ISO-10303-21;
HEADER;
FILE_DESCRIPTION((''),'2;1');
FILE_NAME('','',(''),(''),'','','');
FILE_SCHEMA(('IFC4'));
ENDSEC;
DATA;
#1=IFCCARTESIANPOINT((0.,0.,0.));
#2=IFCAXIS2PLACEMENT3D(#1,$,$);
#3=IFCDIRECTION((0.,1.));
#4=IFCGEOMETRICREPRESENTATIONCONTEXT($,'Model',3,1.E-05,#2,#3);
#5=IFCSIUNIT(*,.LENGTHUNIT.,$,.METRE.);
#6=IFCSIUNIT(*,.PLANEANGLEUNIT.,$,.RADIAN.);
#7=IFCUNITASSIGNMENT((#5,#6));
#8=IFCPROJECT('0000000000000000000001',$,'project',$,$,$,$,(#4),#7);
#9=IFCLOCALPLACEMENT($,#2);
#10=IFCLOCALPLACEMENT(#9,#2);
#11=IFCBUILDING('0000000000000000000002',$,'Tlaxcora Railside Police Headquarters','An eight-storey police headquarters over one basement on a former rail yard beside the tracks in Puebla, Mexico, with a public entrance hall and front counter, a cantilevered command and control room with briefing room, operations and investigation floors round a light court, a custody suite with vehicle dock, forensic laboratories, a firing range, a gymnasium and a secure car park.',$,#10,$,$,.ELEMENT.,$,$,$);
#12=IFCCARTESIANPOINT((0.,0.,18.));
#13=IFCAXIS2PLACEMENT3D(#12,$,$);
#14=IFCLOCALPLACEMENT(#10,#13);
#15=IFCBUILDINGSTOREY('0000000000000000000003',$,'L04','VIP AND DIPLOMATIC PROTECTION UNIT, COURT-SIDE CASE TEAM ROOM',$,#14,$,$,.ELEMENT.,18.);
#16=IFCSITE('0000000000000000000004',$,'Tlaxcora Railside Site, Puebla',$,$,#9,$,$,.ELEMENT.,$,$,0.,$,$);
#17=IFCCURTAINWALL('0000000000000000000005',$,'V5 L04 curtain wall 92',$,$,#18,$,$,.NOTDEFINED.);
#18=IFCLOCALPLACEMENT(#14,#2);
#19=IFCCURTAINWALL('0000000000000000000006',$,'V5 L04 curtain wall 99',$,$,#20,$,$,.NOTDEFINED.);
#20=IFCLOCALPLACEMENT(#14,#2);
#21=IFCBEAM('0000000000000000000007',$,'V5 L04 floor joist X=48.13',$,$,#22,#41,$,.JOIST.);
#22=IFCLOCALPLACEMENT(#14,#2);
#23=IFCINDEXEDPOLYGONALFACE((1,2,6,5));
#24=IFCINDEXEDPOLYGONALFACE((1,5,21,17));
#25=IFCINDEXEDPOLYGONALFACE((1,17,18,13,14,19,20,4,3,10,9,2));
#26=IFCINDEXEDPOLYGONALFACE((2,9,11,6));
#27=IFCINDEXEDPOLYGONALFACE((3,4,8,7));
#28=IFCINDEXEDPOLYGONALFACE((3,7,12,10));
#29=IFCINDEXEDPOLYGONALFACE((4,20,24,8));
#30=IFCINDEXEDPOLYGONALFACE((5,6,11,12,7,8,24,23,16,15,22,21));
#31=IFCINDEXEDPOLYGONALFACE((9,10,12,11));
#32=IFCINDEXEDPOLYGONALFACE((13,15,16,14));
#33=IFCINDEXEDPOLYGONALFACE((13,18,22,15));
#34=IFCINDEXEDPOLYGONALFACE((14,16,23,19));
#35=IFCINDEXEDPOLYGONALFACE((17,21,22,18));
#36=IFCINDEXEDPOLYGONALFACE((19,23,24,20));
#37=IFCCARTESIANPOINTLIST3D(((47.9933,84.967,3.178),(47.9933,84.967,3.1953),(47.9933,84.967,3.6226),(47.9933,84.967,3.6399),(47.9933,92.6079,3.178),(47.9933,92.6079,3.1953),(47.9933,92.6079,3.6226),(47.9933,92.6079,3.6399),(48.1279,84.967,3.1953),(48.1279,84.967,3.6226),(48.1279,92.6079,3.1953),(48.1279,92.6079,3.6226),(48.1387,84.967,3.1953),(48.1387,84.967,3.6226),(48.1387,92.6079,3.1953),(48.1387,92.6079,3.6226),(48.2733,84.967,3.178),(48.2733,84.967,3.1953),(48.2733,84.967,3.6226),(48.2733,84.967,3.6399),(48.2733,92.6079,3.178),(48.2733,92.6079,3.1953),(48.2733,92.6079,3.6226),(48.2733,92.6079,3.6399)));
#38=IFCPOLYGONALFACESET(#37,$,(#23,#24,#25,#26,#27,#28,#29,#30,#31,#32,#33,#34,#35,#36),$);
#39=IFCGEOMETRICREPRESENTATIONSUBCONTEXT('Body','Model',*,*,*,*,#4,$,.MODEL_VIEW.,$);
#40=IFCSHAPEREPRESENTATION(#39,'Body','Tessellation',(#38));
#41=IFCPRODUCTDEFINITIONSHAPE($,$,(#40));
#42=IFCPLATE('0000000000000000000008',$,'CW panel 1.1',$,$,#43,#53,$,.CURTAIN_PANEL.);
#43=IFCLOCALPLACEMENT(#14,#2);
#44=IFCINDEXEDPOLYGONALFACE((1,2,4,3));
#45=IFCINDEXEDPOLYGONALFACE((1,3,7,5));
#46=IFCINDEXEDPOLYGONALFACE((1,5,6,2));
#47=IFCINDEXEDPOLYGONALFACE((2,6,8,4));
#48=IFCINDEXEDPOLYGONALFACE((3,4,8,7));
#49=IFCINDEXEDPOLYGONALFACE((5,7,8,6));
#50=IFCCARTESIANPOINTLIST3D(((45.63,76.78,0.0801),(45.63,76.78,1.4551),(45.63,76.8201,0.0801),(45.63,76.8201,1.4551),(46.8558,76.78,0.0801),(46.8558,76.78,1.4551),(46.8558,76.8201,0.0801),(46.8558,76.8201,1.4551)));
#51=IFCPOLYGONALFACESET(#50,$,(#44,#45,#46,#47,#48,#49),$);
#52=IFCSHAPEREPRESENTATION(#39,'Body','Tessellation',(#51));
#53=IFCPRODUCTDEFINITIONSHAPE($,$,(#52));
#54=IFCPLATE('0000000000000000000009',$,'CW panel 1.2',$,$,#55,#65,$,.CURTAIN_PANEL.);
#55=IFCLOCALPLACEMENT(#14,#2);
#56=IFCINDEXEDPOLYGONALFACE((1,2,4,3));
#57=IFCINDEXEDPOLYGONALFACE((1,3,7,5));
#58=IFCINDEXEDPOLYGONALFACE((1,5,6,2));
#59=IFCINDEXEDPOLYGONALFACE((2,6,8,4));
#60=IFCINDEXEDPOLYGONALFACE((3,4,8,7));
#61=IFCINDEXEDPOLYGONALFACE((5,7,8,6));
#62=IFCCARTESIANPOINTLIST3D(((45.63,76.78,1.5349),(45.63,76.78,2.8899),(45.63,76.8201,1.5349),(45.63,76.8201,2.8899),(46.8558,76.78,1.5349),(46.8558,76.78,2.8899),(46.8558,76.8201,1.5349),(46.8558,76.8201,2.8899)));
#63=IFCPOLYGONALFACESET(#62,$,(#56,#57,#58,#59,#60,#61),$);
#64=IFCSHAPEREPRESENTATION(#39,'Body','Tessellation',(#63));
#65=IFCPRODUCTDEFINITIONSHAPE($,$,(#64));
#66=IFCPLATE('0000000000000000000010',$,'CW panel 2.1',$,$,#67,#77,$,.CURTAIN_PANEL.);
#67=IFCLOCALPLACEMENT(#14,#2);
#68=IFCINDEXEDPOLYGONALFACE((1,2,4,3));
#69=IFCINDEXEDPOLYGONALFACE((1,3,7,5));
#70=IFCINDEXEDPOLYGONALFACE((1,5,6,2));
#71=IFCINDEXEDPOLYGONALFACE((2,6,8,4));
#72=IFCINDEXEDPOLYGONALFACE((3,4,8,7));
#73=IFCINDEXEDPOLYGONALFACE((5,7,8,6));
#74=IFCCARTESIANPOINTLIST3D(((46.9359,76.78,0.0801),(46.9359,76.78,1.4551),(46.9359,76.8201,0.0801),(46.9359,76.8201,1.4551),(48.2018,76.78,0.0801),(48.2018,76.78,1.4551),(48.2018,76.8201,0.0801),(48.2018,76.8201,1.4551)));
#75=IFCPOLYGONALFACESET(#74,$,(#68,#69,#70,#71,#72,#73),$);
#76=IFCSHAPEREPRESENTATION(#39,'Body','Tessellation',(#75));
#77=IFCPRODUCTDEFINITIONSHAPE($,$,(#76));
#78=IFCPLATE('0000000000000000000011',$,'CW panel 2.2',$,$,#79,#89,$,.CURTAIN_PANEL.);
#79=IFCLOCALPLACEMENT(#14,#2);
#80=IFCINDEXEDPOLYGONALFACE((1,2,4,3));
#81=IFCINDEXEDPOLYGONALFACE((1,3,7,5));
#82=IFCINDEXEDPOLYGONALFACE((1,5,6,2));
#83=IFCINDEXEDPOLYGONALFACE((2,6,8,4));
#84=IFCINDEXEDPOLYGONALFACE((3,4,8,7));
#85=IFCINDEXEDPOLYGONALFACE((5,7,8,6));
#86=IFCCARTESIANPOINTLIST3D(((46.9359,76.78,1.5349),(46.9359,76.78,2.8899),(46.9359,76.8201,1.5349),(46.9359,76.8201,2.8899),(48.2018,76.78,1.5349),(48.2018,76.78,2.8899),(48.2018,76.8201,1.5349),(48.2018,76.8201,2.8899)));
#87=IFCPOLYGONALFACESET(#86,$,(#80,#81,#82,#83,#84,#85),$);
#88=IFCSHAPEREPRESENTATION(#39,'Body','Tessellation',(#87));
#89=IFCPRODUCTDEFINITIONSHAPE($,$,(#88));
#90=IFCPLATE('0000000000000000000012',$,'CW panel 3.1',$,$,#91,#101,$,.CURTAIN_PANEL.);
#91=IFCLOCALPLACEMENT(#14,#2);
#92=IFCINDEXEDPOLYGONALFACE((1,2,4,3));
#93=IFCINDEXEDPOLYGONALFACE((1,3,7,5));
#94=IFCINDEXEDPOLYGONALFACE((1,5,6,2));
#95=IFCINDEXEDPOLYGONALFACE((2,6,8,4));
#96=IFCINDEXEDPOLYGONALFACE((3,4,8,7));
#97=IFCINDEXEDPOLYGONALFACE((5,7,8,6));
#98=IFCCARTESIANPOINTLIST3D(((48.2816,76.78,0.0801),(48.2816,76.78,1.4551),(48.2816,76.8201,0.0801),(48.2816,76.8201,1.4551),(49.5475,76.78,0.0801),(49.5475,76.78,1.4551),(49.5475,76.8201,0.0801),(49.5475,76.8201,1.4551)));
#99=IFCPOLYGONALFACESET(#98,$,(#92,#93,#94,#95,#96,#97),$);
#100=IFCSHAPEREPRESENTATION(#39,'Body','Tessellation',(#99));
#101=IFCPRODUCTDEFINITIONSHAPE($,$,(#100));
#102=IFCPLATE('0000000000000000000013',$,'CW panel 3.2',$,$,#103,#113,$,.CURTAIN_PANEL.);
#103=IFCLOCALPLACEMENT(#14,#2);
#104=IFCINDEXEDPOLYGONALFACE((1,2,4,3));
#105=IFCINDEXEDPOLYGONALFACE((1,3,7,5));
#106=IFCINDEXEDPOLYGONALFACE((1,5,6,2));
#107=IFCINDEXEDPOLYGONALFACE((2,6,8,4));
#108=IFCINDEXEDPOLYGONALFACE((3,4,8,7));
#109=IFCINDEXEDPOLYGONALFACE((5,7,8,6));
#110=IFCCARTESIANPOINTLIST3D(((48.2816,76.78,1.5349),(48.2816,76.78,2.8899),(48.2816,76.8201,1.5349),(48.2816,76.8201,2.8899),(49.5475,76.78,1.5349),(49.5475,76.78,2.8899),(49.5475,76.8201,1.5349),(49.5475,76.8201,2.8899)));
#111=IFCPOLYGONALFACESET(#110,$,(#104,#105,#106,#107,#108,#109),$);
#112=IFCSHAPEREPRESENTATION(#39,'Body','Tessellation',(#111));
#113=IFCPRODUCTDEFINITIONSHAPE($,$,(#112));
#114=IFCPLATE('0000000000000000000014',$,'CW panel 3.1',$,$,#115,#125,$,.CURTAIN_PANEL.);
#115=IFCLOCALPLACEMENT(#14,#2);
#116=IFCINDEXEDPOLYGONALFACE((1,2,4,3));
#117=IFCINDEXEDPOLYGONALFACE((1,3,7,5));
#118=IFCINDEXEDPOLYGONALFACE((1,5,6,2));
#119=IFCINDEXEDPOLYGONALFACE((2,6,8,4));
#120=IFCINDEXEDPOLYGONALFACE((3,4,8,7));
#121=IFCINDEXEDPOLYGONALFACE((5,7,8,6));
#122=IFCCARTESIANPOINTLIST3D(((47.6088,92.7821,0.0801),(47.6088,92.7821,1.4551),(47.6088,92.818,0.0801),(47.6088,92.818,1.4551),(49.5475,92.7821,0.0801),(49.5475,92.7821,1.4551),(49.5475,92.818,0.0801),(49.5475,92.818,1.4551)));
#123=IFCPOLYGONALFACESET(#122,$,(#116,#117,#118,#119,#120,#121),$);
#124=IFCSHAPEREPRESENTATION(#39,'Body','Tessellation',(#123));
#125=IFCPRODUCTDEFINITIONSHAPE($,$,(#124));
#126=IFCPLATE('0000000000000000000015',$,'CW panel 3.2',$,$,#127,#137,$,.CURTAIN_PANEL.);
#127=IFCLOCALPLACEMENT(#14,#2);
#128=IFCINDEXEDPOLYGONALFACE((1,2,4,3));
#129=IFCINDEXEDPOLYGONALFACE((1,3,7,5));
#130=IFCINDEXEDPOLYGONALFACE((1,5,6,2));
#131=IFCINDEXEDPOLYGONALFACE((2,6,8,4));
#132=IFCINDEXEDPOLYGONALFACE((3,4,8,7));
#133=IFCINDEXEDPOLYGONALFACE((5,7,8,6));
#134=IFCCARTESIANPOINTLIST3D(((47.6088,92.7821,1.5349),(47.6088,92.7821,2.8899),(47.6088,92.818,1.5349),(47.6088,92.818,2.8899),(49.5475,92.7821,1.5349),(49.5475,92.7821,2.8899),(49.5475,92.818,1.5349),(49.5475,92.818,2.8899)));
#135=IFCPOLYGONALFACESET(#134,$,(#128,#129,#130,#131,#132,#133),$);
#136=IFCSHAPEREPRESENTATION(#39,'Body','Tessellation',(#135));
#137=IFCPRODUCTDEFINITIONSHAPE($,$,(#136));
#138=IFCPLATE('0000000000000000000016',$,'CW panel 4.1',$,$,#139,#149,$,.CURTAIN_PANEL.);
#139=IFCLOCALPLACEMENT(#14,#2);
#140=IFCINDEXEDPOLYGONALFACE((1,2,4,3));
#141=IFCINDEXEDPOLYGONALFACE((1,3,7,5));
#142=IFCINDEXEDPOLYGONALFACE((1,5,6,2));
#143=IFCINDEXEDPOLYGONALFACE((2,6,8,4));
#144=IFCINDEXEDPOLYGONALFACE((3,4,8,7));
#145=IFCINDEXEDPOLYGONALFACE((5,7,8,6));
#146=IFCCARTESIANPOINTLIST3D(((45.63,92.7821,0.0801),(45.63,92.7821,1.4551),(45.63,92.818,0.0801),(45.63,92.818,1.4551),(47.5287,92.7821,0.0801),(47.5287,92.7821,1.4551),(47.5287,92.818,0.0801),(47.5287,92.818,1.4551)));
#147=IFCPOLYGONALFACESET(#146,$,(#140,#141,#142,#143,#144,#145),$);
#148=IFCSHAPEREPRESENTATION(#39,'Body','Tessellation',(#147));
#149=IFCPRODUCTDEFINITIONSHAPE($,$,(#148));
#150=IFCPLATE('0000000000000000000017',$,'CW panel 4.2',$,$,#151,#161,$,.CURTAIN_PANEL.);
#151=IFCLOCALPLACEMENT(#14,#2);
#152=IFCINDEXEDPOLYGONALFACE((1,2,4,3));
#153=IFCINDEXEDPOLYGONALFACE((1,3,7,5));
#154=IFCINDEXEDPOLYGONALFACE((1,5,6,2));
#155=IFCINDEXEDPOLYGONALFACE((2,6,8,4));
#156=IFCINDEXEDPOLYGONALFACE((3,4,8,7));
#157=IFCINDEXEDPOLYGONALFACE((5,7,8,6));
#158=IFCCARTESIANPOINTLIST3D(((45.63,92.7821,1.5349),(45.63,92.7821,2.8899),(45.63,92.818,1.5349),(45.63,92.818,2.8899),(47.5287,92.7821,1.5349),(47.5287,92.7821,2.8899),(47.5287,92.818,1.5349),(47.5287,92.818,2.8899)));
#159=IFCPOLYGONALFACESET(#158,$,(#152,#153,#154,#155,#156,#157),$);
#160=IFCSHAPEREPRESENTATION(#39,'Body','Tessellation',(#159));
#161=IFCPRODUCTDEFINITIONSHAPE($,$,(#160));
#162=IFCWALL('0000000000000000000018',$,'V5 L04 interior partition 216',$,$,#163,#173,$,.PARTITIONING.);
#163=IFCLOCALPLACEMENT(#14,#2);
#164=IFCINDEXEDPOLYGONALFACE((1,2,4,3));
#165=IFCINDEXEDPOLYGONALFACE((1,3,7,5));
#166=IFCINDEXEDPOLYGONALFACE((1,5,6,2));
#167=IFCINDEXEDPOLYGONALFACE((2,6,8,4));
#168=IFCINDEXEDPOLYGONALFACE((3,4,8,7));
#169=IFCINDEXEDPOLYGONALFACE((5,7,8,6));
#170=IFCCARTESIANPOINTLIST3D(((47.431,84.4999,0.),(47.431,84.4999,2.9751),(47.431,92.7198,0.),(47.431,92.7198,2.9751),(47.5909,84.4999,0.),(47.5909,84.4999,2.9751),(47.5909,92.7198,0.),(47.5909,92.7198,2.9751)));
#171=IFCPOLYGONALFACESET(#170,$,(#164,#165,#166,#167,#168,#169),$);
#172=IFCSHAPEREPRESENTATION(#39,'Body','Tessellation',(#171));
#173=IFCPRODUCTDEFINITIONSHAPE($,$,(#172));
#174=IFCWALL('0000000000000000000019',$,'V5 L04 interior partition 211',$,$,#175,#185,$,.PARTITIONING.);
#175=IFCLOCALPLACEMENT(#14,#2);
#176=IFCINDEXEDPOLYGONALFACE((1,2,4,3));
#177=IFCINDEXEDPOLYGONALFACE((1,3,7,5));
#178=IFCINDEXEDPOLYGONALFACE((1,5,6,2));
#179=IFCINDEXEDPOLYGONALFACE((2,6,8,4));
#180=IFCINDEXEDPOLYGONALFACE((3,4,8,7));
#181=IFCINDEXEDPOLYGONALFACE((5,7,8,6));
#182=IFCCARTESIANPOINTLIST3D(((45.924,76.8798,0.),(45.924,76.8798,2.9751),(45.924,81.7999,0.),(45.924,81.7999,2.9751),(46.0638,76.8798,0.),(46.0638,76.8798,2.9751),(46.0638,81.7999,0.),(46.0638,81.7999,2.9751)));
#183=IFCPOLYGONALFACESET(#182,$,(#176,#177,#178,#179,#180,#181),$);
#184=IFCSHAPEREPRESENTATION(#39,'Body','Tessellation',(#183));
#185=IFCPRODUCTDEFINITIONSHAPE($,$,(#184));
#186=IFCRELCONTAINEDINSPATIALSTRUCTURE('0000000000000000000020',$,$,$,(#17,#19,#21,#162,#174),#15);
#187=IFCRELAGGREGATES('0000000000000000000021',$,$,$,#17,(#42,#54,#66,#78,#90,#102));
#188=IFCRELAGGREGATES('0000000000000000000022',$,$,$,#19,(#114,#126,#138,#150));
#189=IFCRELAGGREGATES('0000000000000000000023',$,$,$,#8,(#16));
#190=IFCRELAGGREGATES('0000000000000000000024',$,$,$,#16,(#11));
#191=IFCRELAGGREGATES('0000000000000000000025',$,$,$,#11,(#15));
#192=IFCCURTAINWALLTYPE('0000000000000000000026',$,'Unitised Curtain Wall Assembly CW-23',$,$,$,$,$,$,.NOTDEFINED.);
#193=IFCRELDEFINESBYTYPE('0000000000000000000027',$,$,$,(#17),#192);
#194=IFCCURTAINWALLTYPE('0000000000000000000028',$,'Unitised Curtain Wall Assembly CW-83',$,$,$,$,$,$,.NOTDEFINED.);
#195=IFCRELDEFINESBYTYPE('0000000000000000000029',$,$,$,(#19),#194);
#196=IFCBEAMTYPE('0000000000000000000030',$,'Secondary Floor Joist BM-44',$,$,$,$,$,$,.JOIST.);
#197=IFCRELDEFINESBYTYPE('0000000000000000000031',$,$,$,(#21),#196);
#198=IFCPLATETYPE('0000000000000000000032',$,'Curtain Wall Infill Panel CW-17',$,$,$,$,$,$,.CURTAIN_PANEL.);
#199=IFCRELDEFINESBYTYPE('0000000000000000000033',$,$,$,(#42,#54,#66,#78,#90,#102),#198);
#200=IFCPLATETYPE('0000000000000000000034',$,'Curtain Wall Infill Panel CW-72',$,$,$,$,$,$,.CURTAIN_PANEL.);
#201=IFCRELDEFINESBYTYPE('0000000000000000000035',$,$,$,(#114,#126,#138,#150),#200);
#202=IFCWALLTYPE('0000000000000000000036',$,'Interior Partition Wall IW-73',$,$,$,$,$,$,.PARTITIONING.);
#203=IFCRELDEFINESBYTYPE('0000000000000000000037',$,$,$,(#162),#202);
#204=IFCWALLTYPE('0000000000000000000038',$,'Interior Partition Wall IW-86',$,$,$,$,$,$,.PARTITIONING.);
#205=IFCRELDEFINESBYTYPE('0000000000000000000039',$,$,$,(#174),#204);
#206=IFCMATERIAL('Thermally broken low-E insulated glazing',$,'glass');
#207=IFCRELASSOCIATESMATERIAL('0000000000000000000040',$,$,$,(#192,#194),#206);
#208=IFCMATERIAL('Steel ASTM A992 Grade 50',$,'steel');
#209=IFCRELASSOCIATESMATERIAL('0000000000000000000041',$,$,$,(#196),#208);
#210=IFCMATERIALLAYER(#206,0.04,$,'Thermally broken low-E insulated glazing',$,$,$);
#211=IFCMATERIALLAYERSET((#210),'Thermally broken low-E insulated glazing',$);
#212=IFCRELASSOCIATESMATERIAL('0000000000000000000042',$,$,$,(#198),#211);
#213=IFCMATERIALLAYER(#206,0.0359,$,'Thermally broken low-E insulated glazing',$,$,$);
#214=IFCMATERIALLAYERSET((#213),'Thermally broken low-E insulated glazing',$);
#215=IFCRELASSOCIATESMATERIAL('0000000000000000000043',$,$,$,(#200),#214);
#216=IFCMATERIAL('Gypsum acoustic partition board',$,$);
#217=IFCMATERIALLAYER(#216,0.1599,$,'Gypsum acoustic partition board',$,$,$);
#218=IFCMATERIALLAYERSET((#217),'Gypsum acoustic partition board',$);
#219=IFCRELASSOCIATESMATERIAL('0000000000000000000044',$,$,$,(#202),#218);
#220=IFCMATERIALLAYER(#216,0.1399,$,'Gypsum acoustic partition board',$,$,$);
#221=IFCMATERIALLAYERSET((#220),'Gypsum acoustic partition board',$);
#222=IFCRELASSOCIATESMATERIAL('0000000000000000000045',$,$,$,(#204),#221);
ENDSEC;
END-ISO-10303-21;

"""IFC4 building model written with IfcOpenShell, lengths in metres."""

from ifc_helpers import new_model, si_unit, direction, frame, frame_2d, origin, origin_2d, place, context, subcontext, project, spatial, rectangle, i_section, extrude, material, layer, layer_set, material_profile, profile_set, type_object, element, aggregate, save


model = new_model("IFC4")

# Units and contexts
model_context = context("Model", 3, precision=1e-05, world=origin(), true_north=direction((0.0, 1.0)))
body_context = subcontext(model_context, "Body", "Model", "MODEL_VIEW")
ifc_project = project(units=[si_unit("LENGTHUNIT", "METRE"), si_unit("PLANEANGLEUNIT", "RADIAN")], contexts=[model_context])

# Site, building, storey
site_placement = place(None, origin())
site = spatial("IfcSite", under=ifc_project, at=site_placement, Name="Tlaxcora Railside Site, Puebla", CompositionType="ELEMENT", RefElevation=0.0)
building_placement = place(site_placement, origin())
building = spatial("IfcBuilding", under=site, at=building_placement, Name="Tlaxcora Railside Police Headquarters", Description="An eight-storey police headquarters over one basement on a former rail yard beside the tracks in Puebla, Mexico, with a public entrance hall and front counter, a cantilevered command and control room with briefing room, operations and investigation floors round a light court, a custody suite with vehicle dock, forensic laboratories, a firing range, a gymnasium and a secure car park.", CompositionType="ELEMENT")
storey_placement = place(building_placement, frame((0.0, 0.0, 18.0)))
storey = spatial("IfcBuildingStorey", under=building, at=storey_placement, Name="L04", Description="VIP AND DIPLOMATIC PROTECTION UNIT, COURT-SIDE CASE TEAM ROOM", CompositionType="ELEMENT", Elevation=18.0)

# Curtain walls
ifc_material_1 = material(Name="Thermally broken low-E insulated glazing", Category="glass")
curtain_wall_type_1 = type_object("IfcCurtainWallType", Name="Unitised Curtain Wall Assembly CW-23", PredefinedType="NOTDEFINED", material=ifc_material_1)
curtain_wall_1_placement = place(storey_placement, origin())
curtain_wall_1 = element("IfcCurtainWall", 1, at=curtain_wall_1_placement, inside=storey, type_object=curtain_wall_type_1, Name="V5 L04 curtain wall 92", PredefinedType="NOTDEFINED")
curtain_wall_type_2 = type_object("IfcCurtainWallType", Name="Unitised Curtain Wall Assembly CW-83", PredefinedType="NOTDEFINED", material=ifc_material_1)
curtain_wall_2_placement = place(storey_placement, origin())
curtain_wall_2 = element("IfcCurtainWall", 2, at=curtain_wall_2_placement, inside=storey, type_object=curtain_wall_type_2, Name="V5 L04 curtain wall 99", PredefinedType="NOTDEFINED")

# Beam
ifc_material_2 = material(Name="Steel ASTM A992 Grade 50", Category="steel")
ifc_material_profile_1 = material_profile(ifc_material_2, i_section(OverallWidth=0.28, OverallDepth=0.4619, WebThickness=0.0107, FlangeThickness=0.0173, at=origin_2d()), Name="W18X76")
ifc_profile_set_1 = profile_set([ifc_material_profile_1], Name="Steel ASTM A992 Grade 50")
beam_type_1 = type_object("IfcBeamType", Name="Secondary Floor Joist BM-44", PredefinedType="JOIST", material=ifc_profile_set_1)
beam_1_placement = place(storey_placement, frame((48.1333, 84.967, 3.4089), z_axis=(0.0, 1.0, 0.0), x_axis=(-1.0, 0.0, 0.0)))
element("IfcBeam", 3, at=beam_1_placement, inside=storey, type_object=beam_type_1, Name="V5 L04 floor joist X=48.13", PredefinedType="JOIST", context=body_context, shape_type="SweptSolid", body=[
    extrude(i_section(OverallWidth=0.28, OverallDepth=0.4619, WebThickness=0.0107, FlangeThickness=0.0173, at=origin_2d()), origin(), (0.0, 0.0, 1.0), 7.6409),
])

# Plates
ifc_layer_1 = layer(ifc_material_1, 0.04, Name="Thermally broken low-E insulated glazing")
ifc_layer_set_1 = layer_set([ifc_layer_1], Name="Thermally broken low-E insulated glazing")
plate_type_1 = type_object("IfcPlateType", Name="Curtain Wall Infill Panel CW-17", PredefinedType="CURTAIN_PANEL", material=ifc_layer_set_1)
plate_1_placement = place(storey_placement, frame((46.2429, 76.8, 0.0801), z_axis=(0.0, 0.0, 1.0), x_axis=(1.0, 0.0, 0.0)))
plate_1 = element("IfcPlate", 4, at=plate_1_placement, type_object=plate_type_1, Name="CW panel 1.1", PredefinedType="CURTAIN_PANEL", context=body_context, shape_type="SweptSolid", body=[
    extrude(rectangle(XDim=1.2258, YDim=0.04, at=origin_2d()), origin(), (0.0, 0.0, 1.0), 1.375),
])
plate_2_placement = place(storey_placement, frame((46.2429, 76.8, 1.5349), z_axis=(0.0, 0.0, 1.0), x_axis=(1.0, 0.0, 0.0)))
plate_2 = element("IfcPlate", 5, at=plate_2_placement, type_object=plate_type_1, Name="CW panel 1.2", PredefinedType="CURTAIN_PANEL", context=body_context, shape_type="SweptSolid", body=[
    extrude(rectangle(XDim=1.2258, YDim=0.04, at=origin_2d()), origin(), (0.0, 0.0, 1.0), 1.355),
])
plate_3_placement = place(storey_placement, frame((47.5688, 76.8, 0.0801), z_axis=(0.0, 0.0, 1.0), x_axis=(1.0, 0.0, 0.0)))
plate_3 = element("IfcPlate", 6, at=plate_3_placement, type_object=plate_type_1, Name="CW panel 2.1", PredefinedType="CURTAIN_PANEL", context=body_context, shape_type="SweptSolid", body=[
    extrude(rectangle(XDim=1.2659, YDim=0.04, at=origin_2d()), origin(), (0.0, 0.0, 1.0), 1.375),
])
plate_4_placement = place(storey_placement, frame((47.5688, 76.8, 1.5349), z_axis=(0.0, 0.0, 1.0), x_axis=(1.0, 0.0, 0.0)))
plate_4 = element("IfcPlate", 7, at=plate_4_placement, type_object=plate_type_1, Name="CW panel 2.2", PredefinedType="CURTAIN_PANEL", context=body_context, shape_type="SweptSolid", body=[
    extrude(rectangle(XDim=1.2659, YDim=0.04, at=origin_2d()), origin(), (0.0, 0.0, 1.0), 1.355),
])
plate_5_placement = place(storey_placement, frame((48.9146, 76.8, 0.0801), z_axis=(0.0, 0.0, 1.0), x_axis=(1.0, 0.0, 0.0)))
plate_5 = element("IfcPlate", 8, at=plate_5_placement, type_object=plate_type_1, Name="CW panel 3.1", PredefinedType="CURTAIN_PANEL", context=body_context, shape_type="SweptSolid", body=[
    extrude(rectangle(XDim=1.2659, YDim=0.04, at=origin_2d()), origin(), (0.0, 0.0, 1.0), 1.375),
])
plate_6_placement = place(storey_placement, frame((48.9146, 76.8, 1.5349), z_axis=(0.0, 0.0, 1.0), x_axis=(1.0, 0.0, 0.0)))
plate_6 = element("IfcPlate", 9, at=plate_6_placement, type_object=plate_type_1, Name="CW panel 3.2", PredefinedType="CURTAIN_PANEL", context=body_context, shape_type="SweptSolid", body=[
    extrude(rectangle(XDim=1.2659, YDim=0.04, at=origin_2d()), origin(), (0.0, 0.0, 1.0), 1.355),
])
aggregate(curtain_wall_1, [plate_1, plate_2, plate_3, plate_4, plate_5, plate_6])
ifc_layer_2 = layer(ifc_material_1, 0.0359, Name="Thermally broken low-E insulated glazing")
ifc_layer_set_2 = layer_set([ifc_layer_2], Name="Thermally broken low-E insulated glazing")
plate_type_2 = type_object("IfcPlateType", Name="Curtain Wall Infill Panel CW-72", PredefinedType="CURTAIN_PANEL", material=ifc_layer_set_2)
plate_7_placement = place(storey_placement, frame((48.5781, 92.8, 0.0801), z_axis=(0.0, 0.0, 1.0), x_axis=(-1.0, 0.0, 0.0)))
plate_7 = element("IfcPlate", 10, at=plate_7_placement, type_object=plate_type_2, Name="CW panel 3.1", PredefinedType="CURTAIN_PANEL", context=body_context, shape_type="SweptSolid", body=[
    extrude(rectangle(XDim=1.9387, YDim=0.0359, at=origin_2d()), origin(), (0.0, 0.0, 1.0), 1.375),
])
plate_8_placement = place(storey_placement, frame((48.5781, 92.8, 1.5349), z_axis=(0.0, 0.0, 1.0), x_axis=(-1.0, 0.0, 0.0)))
plate_8 = element("IfcPlate", 11, at=plate_8_placement, type_object=plate_type_2, Name="CW panel 3.2", PredefinedType="CURTAIN_PANEL", context=body_context, shape_type="SweptSolid", body=[
    extrude(rectangle(XDim=1.9387, YDim=0.0359, at=origin_2d()), origin(), (0.0, 0.0, 1.0), 1.355),
])
plate_9_placement = place(storey_placement, frame((46.5793, 92.8, 0.0801), z_axis=(0.0, 0.0, 1.0), x_axis=(-1.0, 0.0, 0.0)))
plate_9 = element("IfcPlate", 12, at=plate_9_placement, type_object=plate_type_2, Name="CW panel 4.1", PredefinedType="CURTAIN_PANEL", context=body_context, shape_type="SweptSolid", body=[
    extrude(rectangle(XDim=1.8987, YDim=0.0359, at=origin_2d()), origin(), (0.0, 0.0, 1.0), 1.375),
])
plate_10_placement = place(storey_placement, frame((46.5793, 92.8, 1.5349), z_axis=(0.0, 0.0, 1.0), x_axis=(-1.0, 0.0, 0.0)))
plate_10 = element("IfcPlate", 13, at=plate_10_placement, type_object=plate_type_2, Name="CW panel 4.2", PredefinedType="CURTAIN_PANEL", context=body_context, shape_type="SweptSolid", body=[
    extrude(rectangle(XDim=1.8987, YDim=0.0359, at=origin_2d()), origin(), (0.0, 0.0, 1.0), 1.355),
])
aggregate(curtain_wall_2, [plate_7, plate_8, plate_9, plate_10])

# Walls
ifc_material_3 = material(Name="Gypsum acoustic partition board")
ifc_layer_3 = layer(ifc_material_3, 0.1599, Name="Gypsum acoustic partition board")
ifc_layer_set_3 = layer_set([ifc_layer_3], Name="Gypsum acoustic partition board")
wall_type_1 = type_object("IfcWallType", Name="Interior Partition Wall IW-73", PredefinedType="PARTITIONING", material=ifc_layer_set_3)
wall_1_placement = place(storey_placement, frame((47.511, 84.5, 0.0), z_axis=(0.0, 0.0, 1.0), x_axis=(0.0, 1.0, 0.0)))
element("IfcWall", 14, at=wall_1_placement, inside=storey, type_object=wall_type_1, Name="V5 L04 interior partition 216", PredefinedType="PARTITIONING", context=body_context, shape_type="SweptSolid", body=[
    extrude(rectangle(XDim=8.22, YDim=0.1599, at=frame_2d((4.1099, 0.0))), origin(), (0.0, 0.0, 1.0), 2.9751),
])
ifc_layer_4 = layer(ifc_material_3, 0.1399, Name="Gypsum acoustic partition board")
ifc_layer_set_4 = layer_set([ifc_layer_4], Name="Gypsum acoustic partition board")
wall_type_2 = type_object("IfcWallType", Name="Interior Partition Wall IW-86", PredefinedType="PARTITIONING", material=ifc_layer_set_4)
wall_2_placement = place(storey_placement, frame((45.9939, 76.8799, 0.0), z_axis=(0.0, 0.0, 1.0), x_axis=(0.0, 1.0, 0.0)))
element("IfcWall", 15, at=wall_2_placement, inside=storey, type_object=wall_type_2, Name="V5 L04 interior partition 211", PredefinedType="PARTITIONING", context=body_context, shape_type="SweptSolid", body=[
    extrude(rectangle(XDim=4.9202, YDim=0.1399, at=frame_2d((2.46, 0.0))), origin(), (0.0, 0.0, 1.0), 2.9751),
])

save(model, "model.ifc")
